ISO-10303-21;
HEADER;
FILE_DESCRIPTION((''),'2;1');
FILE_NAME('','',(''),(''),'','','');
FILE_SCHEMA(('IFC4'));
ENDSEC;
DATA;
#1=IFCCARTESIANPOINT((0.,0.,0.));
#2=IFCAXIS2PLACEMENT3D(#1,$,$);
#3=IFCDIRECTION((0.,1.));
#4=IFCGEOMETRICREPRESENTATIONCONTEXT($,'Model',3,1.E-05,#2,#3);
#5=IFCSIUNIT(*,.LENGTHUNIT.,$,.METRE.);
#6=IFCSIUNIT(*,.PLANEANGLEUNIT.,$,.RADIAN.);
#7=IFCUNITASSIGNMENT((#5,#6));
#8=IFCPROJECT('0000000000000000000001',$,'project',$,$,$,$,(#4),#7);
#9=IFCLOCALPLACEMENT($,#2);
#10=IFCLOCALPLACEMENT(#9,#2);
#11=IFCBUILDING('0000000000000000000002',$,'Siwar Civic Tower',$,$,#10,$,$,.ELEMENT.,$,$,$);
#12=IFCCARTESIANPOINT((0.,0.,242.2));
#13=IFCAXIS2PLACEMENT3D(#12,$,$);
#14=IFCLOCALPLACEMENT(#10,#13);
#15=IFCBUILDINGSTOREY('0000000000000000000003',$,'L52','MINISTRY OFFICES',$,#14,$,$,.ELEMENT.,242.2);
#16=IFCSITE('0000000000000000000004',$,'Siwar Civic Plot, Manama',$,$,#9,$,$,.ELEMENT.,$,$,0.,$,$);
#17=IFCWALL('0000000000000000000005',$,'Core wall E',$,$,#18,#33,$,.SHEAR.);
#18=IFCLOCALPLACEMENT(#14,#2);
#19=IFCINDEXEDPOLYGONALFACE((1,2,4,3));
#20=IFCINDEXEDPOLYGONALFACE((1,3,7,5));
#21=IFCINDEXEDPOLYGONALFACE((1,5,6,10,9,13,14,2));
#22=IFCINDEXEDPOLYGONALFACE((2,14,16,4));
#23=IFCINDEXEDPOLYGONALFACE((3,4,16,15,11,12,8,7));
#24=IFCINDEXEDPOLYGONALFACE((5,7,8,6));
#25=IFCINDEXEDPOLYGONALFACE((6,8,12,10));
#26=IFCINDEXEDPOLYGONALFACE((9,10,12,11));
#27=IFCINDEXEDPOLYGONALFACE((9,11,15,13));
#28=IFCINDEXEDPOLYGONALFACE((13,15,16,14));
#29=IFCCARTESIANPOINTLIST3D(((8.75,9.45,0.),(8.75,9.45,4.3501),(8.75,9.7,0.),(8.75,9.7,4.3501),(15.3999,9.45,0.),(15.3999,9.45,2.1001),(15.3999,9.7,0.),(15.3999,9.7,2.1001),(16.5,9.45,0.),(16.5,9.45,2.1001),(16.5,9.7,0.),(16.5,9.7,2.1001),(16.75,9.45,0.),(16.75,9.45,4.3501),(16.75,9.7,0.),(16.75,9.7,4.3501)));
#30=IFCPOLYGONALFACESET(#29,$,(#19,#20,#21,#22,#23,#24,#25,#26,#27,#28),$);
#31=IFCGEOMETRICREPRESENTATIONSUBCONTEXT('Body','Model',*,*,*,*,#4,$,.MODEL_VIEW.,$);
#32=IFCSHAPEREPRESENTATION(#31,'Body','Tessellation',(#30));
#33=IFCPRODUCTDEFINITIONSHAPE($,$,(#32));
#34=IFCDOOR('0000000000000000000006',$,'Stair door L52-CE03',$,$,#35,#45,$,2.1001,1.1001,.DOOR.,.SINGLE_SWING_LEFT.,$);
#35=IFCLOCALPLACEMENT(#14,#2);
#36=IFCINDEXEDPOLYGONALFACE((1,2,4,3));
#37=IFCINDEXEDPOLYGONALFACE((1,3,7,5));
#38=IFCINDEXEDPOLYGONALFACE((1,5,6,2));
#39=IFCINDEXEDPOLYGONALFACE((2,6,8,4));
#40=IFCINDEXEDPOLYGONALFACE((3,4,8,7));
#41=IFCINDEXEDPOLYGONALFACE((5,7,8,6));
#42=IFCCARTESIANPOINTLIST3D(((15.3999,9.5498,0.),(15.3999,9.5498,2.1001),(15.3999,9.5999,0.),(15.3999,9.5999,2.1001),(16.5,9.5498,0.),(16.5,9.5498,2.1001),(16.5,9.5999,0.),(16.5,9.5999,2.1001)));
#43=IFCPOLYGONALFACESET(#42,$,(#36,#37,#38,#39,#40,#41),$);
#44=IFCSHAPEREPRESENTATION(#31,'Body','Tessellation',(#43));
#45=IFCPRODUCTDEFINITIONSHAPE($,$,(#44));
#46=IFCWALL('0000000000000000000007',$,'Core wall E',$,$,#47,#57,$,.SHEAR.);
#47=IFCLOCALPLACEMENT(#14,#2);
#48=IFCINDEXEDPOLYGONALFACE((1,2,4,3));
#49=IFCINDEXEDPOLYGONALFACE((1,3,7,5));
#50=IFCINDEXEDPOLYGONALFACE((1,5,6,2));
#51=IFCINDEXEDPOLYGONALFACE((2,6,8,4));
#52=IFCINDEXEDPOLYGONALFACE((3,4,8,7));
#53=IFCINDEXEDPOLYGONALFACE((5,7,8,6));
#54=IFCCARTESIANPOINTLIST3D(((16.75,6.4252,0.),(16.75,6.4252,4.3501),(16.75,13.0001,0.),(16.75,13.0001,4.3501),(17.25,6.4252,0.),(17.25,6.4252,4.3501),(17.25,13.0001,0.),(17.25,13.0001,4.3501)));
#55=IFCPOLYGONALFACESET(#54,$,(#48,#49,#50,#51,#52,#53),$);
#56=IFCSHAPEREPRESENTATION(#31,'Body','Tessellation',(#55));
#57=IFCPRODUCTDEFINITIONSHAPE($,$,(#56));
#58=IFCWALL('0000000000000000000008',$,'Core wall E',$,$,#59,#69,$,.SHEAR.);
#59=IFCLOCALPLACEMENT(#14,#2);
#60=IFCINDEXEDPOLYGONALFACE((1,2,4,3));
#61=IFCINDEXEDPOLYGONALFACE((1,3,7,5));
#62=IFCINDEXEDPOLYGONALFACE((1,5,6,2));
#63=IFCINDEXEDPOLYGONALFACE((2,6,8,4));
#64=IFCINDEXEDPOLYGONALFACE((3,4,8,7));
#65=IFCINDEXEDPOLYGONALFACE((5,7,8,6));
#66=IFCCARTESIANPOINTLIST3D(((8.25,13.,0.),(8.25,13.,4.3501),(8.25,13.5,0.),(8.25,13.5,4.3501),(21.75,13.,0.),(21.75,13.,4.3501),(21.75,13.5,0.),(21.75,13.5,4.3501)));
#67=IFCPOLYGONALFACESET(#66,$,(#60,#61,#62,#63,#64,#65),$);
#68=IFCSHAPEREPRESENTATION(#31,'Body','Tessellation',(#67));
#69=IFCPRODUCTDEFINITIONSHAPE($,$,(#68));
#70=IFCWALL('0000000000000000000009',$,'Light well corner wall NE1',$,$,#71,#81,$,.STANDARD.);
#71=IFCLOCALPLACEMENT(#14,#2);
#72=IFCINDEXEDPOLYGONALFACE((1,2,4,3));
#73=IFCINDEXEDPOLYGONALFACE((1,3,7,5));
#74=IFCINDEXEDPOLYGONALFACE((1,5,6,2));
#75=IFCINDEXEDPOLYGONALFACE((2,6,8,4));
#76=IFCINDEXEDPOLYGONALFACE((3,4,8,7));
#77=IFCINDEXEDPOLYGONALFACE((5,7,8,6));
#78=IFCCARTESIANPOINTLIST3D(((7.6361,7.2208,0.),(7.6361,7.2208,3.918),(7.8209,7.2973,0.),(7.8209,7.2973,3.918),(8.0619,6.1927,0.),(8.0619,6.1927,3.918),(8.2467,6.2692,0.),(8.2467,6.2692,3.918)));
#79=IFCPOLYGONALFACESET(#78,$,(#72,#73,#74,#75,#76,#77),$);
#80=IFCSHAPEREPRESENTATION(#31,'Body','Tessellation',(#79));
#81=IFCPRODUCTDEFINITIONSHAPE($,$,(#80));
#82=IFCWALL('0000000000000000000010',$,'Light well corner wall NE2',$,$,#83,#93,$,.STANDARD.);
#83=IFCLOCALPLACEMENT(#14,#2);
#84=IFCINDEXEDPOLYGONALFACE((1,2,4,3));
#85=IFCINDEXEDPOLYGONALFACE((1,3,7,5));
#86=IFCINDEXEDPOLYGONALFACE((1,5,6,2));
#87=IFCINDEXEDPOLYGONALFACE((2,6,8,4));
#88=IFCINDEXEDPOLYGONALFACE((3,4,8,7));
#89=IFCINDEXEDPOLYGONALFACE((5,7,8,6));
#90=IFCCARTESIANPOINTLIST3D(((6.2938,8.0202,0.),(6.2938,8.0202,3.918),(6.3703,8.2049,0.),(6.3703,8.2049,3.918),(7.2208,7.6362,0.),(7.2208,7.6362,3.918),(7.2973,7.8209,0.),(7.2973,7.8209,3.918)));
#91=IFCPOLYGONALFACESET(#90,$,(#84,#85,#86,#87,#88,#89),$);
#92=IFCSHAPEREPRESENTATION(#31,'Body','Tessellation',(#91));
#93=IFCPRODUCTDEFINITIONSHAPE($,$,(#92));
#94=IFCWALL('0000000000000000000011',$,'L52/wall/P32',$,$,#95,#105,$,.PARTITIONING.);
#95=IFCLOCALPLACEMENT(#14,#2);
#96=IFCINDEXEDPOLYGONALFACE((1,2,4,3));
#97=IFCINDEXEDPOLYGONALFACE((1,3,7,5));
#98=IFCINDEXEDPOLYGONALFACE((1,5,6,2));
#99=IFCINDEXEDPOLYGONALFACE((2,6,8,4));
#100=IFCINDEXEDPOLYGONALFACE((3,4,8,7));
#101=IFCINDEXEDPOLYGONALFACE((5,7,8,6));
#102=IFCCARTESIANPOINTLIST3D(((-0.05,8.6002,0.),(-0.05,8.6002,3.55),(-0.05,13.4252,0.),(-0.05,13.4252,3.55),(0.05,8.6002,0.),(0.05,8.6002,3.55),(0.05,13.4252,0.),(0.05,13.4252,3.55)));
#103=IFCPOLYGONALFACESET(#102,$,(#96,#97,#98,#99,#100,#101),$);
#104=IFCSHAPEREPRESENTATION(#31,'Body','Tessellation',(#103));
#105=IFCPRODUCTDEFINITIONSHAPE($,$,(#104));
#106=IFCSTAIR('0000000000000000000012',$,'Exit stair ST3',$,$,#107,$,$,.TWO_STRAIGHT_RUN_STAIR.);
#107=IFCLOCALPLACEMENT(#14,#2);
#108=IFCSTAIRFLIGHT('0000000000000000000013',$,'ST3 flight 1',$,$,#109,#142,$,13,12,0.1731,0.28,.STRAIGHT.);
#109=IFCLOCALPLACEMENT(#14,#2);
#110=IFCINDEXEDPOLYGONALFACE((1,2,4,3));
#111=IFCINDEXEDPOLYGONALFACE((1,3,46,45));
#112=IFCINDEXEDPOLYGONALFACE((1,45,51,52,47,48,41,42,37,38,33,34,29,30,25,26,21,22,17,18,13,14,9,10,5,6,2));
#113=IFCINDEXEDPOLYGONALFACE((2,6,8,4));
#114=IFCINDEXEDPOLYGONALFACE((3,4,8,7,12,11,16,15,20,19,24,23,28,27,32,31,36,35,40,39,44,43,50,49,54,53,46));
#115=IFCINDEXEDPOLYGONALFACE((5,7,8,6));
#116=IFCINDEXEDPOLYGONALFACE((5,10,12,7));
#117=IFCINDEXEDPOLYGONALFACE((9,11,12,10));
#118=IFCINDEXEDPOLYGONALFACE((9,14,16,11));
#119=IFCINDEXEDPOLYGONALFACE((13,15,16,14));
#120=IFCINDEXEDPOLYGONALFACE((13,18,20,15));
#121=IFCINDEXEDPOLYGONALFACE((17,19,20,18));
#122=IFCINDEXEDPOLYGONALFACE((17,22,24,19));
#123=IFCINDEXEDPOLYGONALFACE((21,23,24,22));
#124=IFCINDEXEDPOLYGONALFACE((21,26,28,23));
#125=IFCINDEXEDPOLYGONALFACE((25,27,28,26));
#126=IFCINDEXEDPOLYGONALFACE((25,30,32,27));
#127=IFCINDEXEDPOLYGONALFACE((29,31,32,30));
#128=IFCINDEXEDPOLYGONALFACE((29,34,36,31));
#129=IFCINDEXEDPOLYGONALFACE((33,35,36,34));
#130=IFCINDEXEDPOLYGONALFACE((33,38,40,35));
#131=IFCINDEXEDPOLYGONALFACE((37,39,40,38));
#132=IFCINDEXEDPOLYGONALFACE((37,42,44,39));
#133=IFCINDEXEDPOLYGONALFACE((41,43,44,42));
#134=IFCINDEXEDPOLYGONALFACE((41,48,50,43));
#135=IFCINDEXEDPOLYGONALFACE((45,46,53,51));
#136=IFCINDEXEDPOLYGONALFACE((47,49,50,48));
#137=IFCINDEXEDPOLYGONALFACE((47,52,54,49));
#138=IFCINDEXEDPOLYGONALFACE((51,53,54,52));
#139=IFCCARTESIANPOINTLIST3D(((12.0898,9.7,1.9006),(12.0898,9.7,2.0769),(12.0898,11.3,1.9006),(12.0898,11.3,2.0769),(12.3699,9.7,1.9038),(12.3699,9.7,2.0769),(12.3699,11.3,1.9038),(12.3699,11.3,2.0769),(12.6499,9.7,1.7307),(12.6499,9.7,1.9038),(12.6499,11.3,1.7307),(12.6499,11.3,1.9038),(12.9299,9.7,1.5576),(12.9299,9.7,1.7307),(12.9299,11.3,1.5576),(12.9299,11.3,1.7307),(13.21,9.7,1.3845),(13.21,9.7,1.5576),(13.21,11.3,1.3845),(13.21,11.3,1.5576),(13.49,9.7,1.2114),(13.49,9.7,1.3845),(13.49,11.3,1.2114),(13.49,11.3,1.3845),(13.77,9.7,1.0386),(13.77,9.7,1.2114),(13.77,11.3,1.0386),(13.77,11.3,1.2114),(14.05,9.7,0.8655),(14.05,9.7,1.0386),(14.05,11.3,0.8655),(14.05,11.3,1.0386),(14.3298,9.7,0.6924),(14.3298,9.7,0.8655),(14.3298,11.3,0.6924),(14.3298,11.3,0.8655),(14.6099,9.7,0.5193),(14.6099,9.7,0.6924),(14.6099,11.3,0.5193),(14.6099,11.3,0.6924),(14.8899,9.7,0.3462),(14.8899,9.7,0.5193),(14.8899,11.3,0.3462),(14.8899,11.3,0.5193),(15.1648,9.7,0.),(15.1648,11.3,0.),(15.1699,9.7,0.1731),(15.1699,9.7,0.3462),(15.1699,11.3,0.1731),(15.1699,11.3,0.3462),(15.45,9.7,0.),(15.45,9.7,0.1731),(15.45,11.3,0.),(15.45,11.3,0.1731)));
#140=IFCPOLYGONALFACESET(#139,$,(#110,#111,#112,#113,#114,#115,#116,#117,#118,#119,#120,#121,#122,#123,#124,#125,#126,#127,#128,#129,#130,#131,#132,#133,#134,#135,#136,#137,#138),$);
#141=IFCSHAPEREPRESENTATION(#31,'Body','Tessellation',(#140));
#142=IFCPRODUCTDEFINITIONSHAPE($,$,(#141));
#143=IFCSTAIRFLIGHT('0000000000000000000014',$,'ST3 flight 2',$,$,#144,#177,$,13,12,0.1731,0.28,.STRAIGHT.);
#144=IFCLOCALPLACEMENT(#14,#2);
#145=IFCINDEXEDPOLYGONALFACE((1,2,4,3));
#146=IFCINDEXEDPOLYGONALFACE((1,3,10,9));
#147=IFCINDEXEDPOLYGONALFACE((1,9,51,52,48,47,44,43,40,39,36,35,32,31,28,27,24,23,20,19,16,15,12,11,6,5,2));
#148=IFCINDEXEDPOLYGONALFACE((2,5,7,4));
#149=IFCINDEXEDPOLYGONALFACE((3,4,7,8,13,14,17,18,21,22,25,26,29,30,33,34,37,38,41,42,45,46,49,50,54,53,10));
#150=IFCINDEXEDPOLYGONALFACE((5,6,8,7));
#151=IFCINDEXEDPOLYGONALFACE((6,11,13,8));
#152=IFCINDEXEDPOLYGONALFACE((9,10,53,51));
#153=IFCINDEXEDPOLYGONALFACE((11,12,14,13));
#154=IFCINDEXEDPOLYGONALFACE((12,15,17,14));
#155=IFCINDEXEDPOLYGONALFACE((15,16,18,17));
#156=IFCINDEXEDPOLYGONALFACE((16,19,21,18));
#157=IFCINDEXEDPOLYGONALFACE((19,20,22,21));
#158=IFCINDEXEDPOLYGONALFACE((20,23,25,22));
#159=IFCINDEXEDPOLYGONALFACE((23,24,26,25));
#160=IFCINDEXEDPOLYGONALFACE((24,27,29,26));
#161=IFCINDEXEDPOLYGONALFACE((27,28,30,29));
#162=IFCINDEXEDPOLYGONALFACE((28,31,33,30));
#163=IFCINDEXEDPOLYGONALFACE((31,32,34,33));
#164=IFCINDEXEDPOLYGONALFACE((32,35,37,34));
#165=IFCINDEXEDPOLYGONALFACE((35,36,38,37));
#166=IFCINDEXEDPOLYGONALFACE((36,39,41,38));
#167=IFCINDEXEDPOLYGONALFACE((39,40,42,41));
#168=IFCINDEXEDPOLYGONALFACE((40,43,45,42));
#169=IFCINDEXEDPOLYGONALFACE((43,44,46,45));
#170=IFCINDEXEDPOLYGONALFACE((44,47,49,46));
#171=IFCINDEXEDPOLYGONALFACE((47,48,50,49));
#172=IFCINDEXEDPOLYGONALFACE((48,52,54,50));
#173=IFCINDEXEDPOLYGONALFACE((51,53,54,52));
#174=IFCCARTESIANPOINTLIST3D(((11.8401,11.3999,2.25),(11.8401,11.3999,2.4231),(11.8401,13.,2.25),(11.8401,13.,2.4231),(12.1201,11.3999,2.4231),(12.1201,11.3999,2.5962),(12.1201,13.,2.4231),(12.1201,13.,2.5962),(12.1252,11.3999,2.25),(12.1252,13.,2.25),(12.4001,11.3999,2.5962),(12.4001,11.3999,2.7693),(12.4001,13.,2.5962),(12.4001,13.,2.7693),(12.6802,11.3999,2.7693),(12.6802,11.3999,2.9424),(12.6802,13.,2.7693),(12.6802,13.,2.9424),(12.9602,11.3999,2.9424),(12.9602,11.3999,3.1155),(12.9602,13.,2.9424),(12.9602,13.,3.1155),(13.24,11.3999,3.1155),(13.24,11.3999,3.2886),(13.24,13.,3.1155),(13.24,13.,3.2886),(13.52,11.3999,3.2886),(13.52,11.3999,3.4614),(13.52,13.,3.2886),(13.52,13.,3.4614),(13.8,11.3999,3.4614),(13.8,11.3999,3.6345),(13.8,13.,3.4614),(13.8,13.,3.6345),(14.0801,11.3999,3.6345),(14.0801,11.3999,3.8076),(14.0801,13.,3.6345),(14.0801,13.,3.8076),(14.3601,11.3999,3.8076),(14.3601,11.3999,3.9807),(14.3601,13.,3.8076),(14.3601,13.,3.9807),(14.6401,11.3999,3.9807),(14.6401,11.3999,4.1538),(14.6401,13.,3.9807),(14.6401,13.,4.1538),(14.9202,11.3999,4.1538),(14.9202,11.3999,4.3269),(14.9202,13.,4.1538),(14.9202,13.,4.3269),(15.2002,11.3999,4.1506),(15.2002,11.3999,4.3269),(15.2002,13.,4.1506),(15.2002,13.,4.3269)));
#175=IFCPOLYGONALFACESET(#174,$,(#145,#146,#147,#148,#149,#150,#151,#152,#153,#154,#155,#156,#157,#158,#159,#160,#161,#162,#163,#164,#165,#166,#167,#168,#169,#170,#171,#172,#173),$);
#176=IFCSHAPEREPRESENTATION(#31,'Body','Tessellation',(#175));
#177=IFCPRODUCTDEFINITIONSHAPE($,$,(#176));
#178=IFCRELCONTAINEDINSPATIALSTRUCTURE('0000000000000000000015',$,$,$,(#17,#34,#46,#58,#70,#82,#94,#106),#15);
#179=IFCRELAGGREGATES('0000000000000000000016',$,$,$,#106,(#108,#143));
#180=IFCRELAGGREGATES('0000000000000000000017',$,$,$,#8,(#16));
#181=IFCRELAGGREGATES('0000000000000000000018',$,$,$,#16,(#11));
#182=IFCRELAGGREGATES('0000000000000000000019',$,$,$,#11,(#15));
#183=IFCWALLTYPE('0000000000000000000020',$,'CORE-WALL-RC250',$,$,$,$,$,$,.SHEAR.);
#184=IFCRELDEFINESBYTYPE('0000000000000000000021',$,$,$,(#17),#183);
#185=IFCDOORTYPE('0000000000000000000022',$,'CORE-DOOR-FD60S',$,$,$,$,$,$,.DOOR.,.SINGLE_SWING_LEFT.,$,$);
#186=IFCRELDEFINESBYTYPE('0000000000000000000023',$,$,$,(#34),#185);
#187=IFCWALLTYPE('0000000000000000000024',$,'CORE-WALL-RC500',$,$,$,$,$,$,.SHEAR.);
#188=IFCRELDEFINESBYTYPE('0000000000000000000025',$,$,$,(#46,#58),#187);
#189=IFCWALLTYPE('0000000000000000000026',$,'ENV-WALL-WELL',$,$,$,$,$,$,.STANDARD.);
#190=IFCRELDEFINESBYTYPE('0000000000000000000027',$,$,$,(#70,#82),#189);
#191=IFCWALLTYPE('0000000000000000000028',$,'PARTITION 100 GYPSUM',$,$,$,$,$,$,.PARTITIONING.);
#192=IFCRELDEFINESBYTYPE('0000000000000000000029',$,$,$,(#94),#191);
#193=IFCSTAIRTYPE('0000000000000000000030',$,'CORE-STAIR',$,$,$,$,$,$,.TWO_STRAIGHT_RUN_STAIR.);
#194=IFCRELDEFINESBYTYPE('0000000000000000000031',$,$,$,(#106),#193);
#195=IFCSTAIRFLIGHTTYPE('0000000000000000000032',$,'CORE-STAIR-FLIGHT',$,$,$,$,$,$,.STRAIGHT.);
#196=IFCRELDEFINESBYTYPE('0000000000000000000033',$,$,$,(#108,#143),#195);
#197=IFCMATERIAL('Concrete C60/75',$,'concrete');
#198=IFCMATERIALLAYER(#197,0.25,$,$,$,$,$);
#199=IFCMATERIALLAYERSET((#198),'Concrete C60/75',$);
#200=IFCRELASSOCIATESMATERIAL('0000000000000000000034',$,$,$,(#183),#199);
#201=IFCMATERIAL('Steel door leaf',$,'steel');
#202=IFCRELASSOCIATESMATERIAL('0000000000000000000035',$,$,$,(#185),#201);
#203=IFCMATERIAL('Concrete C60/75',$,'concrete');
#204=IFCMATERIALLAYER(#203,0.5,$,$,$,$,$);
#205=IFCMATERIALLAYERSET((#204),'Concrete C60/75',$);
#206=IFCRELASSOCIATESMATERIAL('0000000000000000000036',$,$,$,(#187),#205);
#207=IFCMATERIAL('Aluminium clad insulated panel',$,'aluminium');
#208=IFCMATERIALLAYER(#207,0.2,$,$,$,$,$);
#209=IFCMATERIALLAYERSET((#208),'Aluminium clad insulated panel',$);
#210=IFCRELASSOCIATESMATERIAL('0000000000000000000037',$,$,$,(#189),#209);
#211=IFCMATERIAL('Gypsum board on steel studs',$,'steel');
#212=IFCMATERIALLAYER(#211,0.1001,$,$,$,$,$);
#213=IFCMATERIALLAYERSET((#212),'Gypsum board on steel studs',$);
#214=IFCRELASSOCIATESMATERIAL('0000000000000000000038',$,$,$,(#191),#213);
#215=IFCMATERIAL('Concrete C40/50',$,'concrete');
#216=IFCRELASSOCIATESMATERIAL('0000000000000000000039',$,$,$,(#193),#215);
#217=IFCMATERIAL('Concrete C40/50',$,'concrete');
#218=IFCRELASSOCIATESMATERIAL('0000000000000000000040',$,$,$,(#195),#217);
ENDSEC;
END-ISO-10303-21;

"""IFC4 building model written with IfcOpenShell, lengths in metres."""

from ifc_helpers import new_model, si_unit, direction, frame, frame_2d, origin, place, context, subcontext, project, spatial, polyline, rectangle, outline, extrude, material, layer, layer_set, type_object, element, fill, aggregate, save


model = new_model("IFC4")

# Units and contexts
model_context = context("Model", 3, precision=1e-05, world=origin(), true_north=direction((0.0, 1.0)))
body_context = subcontext(model_context, "Body", "Model", "MODEL_VIEW")
ifc_project = project(units=[si_unit("LENGTHUNIT", "METRE"), si_unit("PLANEANGLEUNIT", "RADIAN")], contexts=[model_context])

# Site, building, storey
site_placement = place(None, origin())
site = spatial("IfcSite", under=ifc_project, at=site_placement, Name="Siwar Civic Plot, Manama", CompositionType="ELEMENT", RefElevation=0.0)
building_placement = place(site_placement, origin())
building = spatial("IfcBuilding", under=site, at=building_placement, Name="Siwar Civic Tower", CompositionType="ELEMENT")
storey_placement = place(building_placement, frame((0.0, 0.0, 242.2)))
storey = spatial("IfcBuildingStorey", under=building, at=storey_placement, Name="L52", Description="MINISTRY OFFICES", CompositionType="ELEMENT", Elevation=242.2)

# Shared definitions
ifc_material_1 = material(Name="Concrete C60/75", Category="concrete")
ifc_layer_1 = layer(ifc_material_1, 0.25)
ifc_layer_set_1 = layer_set([ifc_layer_1], Name="Concrete C60/75")
wall_type_1 = type_object("IfcWallType", Name="CORE-WALL-RC250", PredefinedType="SHEAR", material=ifc_layer_set_1)

# Wall, opening, door
wall_1_placement = place(storey_placement, frame((8.75, 9.575, 0.0), z_axis=(0.0, 0.0, 1.0), x_axis=(1.0, 0.0, 0.0)))
wall_1 = element("IfcWall", 1, at=wall_1_placement, inside=storey, type_object=wall_type_1, Name="Core wall E", PredefinedType="SHEAR", context=body_context, shape_type="SweptSolid", body=[
    extrude(rectangle(XDim=8.0, YDim=0.25, at=frame_2d((4.0, 0.0))), origin(), (0.0, 0.0, 1.0), 4.3501),
])
opening_1_placement = place(wall_1_placement, frame((6.6499, 0.0, 0.0)))
opening_1 = element("IfcOpeningElement", 2, at=opening_1_placement, cuts=wall_1, PredefinedType="OPENING", context=body_context, shape_type="SweptSolid", body=[
    extrude(rectangle(XDim=1.1001, YDim=2.1001, at=frame_2d((0.55, 1.05))), frame((0.0, 0.135, 0.0), z_axis=(0.0, -1.0, 0.0), x_axis=(1.0, 0.0, 0.0)), (0.0, 0.0, 1.0), 0.27),
])
ifc_material_2 = material(Name="Steel door leaf", Category="steel")
door_type_1 = type_object("IfcDoorType", Name="CORE-DOOR-FD60S", OperationType="SINGLE_SWING_LEFT", PredefinedType="DOOR", material=ifc_material_2)
door_1_placement = place(opening_1_placement, origin())
door_1 = element("IfcDoor", 3, at=door_1_placement, inside=storey, type_object=door_type_1, Name="Stair door L52-CE03", OperationType="SINGLE_SWING_LEFT", OverallHeight=2.1001, OverallWidth=1.1001, PredefinedType="DOOR", context=body_context, shape_type="SweptSolid", body=[
    extrude(rectangle(XDim=1.1001, YDim=2.1001, at=frame_2d((0.55, 1.05))), frame((0.0, 0.0249, 0.0), z_axis=(0.0, -1.0, 0.0), x_axis=(1.0, 0.0, 0.0)), (0.0, 0.0, 1.0), 0.05),
])
fill(opening_1, door_1)

# Walls
ifc_material_3 = material(Name="Concrete C60/75", Category="concrete")
ifc_layer_2 = layer(ifc_material_3, 0.5)
ifc_layer_set_2 = layer_set([ifc_layer_2], Name="Concrete C60/75")
wall_type_2 = type_object("IfcWallType", Name="CORE-WALL-RC500", PredefinedType="SHEAR", material=ifc_layer_set_2)
wall_2_placement = place(storey_placement, frame((17.0, 6.425, 0.0), z_axis=(0.0, 0.0, 1.0), x_axis=(0.0, 1.0, 0.0)))
element("IfcWall", 4, at=wall_2_placement, inside=storey, type_object=wall_type_2, Name="Core wall E", PredefinedType="SHEAR", context=body_context, shape_type="SweptSolid", body=[
    extrude(rectangle(XDim=6.575, YDim=0.5, at=frame_2d((3.2876, 0.0))), origin(), (0.0, 0.0, 1.0), 4.3501),
])
wall_3_placement = place(storey_placement, frame((8.25, 13.25, 0.0), z_axis=(0.0, 0.0, 1.0), x_axis=(1.0, 0.0, 0.0)))
element("IfcWall", 5, at=wall_3_placement, inside=storey, type_object=wall_type_2, Name="Core wall E", PredefinedType="SHEAR", context=body_context, shape_type="SweptSolid", body=[
    extrude(rectangle(XDim=13.5, YDim=0.5, at=frame_2d((6.75, 0.0))), origin(), (0.0, 0.0, 1.0), 4.3501),
])
ifc_material_4 = material(Name="Aluminium clad insulated panel", Category="aluminium")
ifc_layer_3 = layer(ifc_material_4, 0.2)
ifc_layer_set_3 = layer_set([ifc_layer_3], Name="Aluminium clad insulated panel")
wall_type_3 = type_object("IfcWallType", Name="ENV-WALL-WELL", PredefinedType="STANDARD", material=ifc_layer_set_3)
wall_4_placement = place(storey_placement, frame((8.1543, 6.231, 0.0), z_axis=(0.0, 0.0, 1.0), x_axis=(-0.382636, 0.923899, 0.0)))
element("IfcWall", 6, at=wall_4_placement, inside=storey, type_object=wall_type_3, Name="Light well corner wall NE1", PredefinedType="STANDARD", context=body_context, shape_type="SweptSolid", body=[
    extrude(rectangle(XDim=1.1128, YDim=0.2, at=frame_2d((0.5564, 0.0))), origin(), (0.0, 0.0, 1.0), 3.918),
])
wall_5_placement = place(storey_placement, frame((7.259, 7.7285, 0.0), z_axis=(0.0, 0.0, 1.0), x_axis=(-0.92386, 0.382731, 0.0)))
element("IfcWall", 7, at=wall_5_placement, inside=storey, type_object=wall_type_3, Name="Light well corner wall NE2", PredefinedType="STANDARD", context=body_context, shape_type="SweptSolid", body=[
    extrude(rectangle(XDim=1.0034, YDim=0.2, at=frame_2d((0.5017, 0.0))), origin(), (0.0, 0.0, 1.0), 3.918),
])
ifc_material_5 = material(Name="Gypsum board on steel studs", Category="steel")
ifc_layer_4 = layer(ifc_material_5, 0.1001)
ifc_layer_set_4 = layer_set([ifc_layer_4], Name="Gypsum board on steel studs")
wall_type_4 = type_object("IfcWallType", Name="PARTITION 100 GYPSUM", PredefinedType="PARTITIONING", material=ifc_layer_set_4)
wall_6_placement = place(storey_placement, frame((0.0, 8.6001, 0.0), z_axis=(0.0, 0.0, 1.0), x_axis=(0.0, 1.0, 0.0)))
element("IfcWall", 8, at=wall_6_placement, inside=storey, type_object=wall_type_4, Name="L52/wall/P32", PredefinedType="PARTITIONING", context=body_context, shape_type="SweptSolid", body=[
    extrude(rectangle(XDim=4.825, YDim=0.1001, at=frame_2d((2.4126, 0.0))), origin(), (0.0, 0.0, 1.0), 3.55),
])

# Stair, stair flights
ifc_material_6 = material(Name="Concrete C40/50", Category="concrete")
stair_type = type_object("IfcStairType", Name="CORE-STAIR", PredefinedType="TWO_STRAIGHT_RUN_STAIR", material=ifc_material_6)
stair_placement = place(storey_placement, origin())
stair = element("IfcStair", 9, at=stair_placement, inside=storey, type_object=stair_type, Name="Exit stair ST3", PredefinedType="TWO_STRAIGHT_RUN_STAIR")
ifc_material_7 = material(Name="Concrete C40/50", Category="concrete")
stair_flight_type = type_object("IfcStairFlightType", Name="CORE-STAIR-FLIGHT", PredefinedType="STRAIGHT", material=ifc_material_7)
stair_flight_1_placement = place(storey_placement, frame((15.45, 10.5, 0.0), z_axis=(0.0, 0.0, 1.0), x_axis=(-1.0, 0.0, 0.0)))
stair_flight_1 = element("IfcStairFlight", 10, at=stair_flight_1_placement, type_object=stair_flight_type, Name="ST3 flight 1", NumberOfRisers=13, NumberOfTreads=12, PredefinedType="STRAIGHT", RiserHeight=0.1731, TreadLength=0.28, context=body_context, shape_type="SweptSolid", body=[
    extrude(outline(polyline([(0.0, 0.0), (0.0, 0.1731), (0.28, 0.1731), (0.28, 0.3462), (0.5601, 0.3462), (0.5601, 0.5193), (0.8401, 0.5193), (0.8401, 0.6924), (1.1201, 0.6924), (1.1201, 0.8655), (1.3999, 0.8655), (1.3999, 1.0386), (1.6799, 1.0386), (1.6799, 1.2114), (1.96, 1.2114), (1.96, 1.3845), (2.24, 1.3845), (2.24, 1.5576), (2.52, 1.5576), (2.52, 1.7307), (2.8, 1.7307), (2.8, 1.9038), (3.0801, 1.9038), (3.0801, 2.0769), (3.3601, 2.0769), (3.3601, 2.25), (3.3601, 1.9006), (0.2852, 0.0), (0.0, 0.0)])), frame((0.0, 0.8, 0.0), z_axis=(0.0, -1.0, 0.0), x_axis=(1.0, 0.0, 0.0)), (0.0, 0.0, 1.0), 1.6001),
])
stair_flight_2_placement = place(storey_placement, frame((11.8401, 12.2, 2.25), z_axis=(0.0, 0.0, 1.0), x_axis=(1.0, 0.0, 0.0)))
stair_flight_2 = element("IfcStairFlight", 11, at=stair_flight_2_placement, type_object=stair_flight_type, Name="ST3 flight 2", NumberOfRisers=13, NumberOfTreads=12, PredefinedType="STRAIGHT", RiserHeight=0.1731, TreadLength=0.28, context=body_context, shape_type="SweptSolid", body=[
    extrude(outline(polyline([(0.0, 0.0), (0.0, 0.1731), (0.28, 0.1731), (0.28, 0.3462), (0.5601, 0.3462), (0.5601, 0.5193), (0.8401, 0.5193), (0.8401, 0.6924), (1.1201, 0.6924), (1.1201, 0.8655), (1.3999, 0.8655), (1.3999, 1.0386), (1.6799, 1.0386), (1.6799, 1.2114), (1.96, 1.2114), (1.96, 1.3845), (2.24, 1.3845), (2.24, 1.5576), (2.52, 1.5576), (2.52, 1.7307), (2.8, 1.7307), (2.8, 1.9038), (3.0801, 1.9038), (3.0801, 2.0769), (3.3601, 2.0769), (3.3601, 2.25), (3.3601, 1.9006), (0.2852, 0.0), (0.0, 0.0)])), frame((0.0, 0.8, 0.0), z_axis=(0.0, -1.0, 0.0), x_axis=(1.0, 0.0, 0.0)), (0.0, 0.0, 1.0), 1.6001),
])
aggregate(stair, [stair_flight_1, stair_flight_2])

save(model, "model.ifc")
